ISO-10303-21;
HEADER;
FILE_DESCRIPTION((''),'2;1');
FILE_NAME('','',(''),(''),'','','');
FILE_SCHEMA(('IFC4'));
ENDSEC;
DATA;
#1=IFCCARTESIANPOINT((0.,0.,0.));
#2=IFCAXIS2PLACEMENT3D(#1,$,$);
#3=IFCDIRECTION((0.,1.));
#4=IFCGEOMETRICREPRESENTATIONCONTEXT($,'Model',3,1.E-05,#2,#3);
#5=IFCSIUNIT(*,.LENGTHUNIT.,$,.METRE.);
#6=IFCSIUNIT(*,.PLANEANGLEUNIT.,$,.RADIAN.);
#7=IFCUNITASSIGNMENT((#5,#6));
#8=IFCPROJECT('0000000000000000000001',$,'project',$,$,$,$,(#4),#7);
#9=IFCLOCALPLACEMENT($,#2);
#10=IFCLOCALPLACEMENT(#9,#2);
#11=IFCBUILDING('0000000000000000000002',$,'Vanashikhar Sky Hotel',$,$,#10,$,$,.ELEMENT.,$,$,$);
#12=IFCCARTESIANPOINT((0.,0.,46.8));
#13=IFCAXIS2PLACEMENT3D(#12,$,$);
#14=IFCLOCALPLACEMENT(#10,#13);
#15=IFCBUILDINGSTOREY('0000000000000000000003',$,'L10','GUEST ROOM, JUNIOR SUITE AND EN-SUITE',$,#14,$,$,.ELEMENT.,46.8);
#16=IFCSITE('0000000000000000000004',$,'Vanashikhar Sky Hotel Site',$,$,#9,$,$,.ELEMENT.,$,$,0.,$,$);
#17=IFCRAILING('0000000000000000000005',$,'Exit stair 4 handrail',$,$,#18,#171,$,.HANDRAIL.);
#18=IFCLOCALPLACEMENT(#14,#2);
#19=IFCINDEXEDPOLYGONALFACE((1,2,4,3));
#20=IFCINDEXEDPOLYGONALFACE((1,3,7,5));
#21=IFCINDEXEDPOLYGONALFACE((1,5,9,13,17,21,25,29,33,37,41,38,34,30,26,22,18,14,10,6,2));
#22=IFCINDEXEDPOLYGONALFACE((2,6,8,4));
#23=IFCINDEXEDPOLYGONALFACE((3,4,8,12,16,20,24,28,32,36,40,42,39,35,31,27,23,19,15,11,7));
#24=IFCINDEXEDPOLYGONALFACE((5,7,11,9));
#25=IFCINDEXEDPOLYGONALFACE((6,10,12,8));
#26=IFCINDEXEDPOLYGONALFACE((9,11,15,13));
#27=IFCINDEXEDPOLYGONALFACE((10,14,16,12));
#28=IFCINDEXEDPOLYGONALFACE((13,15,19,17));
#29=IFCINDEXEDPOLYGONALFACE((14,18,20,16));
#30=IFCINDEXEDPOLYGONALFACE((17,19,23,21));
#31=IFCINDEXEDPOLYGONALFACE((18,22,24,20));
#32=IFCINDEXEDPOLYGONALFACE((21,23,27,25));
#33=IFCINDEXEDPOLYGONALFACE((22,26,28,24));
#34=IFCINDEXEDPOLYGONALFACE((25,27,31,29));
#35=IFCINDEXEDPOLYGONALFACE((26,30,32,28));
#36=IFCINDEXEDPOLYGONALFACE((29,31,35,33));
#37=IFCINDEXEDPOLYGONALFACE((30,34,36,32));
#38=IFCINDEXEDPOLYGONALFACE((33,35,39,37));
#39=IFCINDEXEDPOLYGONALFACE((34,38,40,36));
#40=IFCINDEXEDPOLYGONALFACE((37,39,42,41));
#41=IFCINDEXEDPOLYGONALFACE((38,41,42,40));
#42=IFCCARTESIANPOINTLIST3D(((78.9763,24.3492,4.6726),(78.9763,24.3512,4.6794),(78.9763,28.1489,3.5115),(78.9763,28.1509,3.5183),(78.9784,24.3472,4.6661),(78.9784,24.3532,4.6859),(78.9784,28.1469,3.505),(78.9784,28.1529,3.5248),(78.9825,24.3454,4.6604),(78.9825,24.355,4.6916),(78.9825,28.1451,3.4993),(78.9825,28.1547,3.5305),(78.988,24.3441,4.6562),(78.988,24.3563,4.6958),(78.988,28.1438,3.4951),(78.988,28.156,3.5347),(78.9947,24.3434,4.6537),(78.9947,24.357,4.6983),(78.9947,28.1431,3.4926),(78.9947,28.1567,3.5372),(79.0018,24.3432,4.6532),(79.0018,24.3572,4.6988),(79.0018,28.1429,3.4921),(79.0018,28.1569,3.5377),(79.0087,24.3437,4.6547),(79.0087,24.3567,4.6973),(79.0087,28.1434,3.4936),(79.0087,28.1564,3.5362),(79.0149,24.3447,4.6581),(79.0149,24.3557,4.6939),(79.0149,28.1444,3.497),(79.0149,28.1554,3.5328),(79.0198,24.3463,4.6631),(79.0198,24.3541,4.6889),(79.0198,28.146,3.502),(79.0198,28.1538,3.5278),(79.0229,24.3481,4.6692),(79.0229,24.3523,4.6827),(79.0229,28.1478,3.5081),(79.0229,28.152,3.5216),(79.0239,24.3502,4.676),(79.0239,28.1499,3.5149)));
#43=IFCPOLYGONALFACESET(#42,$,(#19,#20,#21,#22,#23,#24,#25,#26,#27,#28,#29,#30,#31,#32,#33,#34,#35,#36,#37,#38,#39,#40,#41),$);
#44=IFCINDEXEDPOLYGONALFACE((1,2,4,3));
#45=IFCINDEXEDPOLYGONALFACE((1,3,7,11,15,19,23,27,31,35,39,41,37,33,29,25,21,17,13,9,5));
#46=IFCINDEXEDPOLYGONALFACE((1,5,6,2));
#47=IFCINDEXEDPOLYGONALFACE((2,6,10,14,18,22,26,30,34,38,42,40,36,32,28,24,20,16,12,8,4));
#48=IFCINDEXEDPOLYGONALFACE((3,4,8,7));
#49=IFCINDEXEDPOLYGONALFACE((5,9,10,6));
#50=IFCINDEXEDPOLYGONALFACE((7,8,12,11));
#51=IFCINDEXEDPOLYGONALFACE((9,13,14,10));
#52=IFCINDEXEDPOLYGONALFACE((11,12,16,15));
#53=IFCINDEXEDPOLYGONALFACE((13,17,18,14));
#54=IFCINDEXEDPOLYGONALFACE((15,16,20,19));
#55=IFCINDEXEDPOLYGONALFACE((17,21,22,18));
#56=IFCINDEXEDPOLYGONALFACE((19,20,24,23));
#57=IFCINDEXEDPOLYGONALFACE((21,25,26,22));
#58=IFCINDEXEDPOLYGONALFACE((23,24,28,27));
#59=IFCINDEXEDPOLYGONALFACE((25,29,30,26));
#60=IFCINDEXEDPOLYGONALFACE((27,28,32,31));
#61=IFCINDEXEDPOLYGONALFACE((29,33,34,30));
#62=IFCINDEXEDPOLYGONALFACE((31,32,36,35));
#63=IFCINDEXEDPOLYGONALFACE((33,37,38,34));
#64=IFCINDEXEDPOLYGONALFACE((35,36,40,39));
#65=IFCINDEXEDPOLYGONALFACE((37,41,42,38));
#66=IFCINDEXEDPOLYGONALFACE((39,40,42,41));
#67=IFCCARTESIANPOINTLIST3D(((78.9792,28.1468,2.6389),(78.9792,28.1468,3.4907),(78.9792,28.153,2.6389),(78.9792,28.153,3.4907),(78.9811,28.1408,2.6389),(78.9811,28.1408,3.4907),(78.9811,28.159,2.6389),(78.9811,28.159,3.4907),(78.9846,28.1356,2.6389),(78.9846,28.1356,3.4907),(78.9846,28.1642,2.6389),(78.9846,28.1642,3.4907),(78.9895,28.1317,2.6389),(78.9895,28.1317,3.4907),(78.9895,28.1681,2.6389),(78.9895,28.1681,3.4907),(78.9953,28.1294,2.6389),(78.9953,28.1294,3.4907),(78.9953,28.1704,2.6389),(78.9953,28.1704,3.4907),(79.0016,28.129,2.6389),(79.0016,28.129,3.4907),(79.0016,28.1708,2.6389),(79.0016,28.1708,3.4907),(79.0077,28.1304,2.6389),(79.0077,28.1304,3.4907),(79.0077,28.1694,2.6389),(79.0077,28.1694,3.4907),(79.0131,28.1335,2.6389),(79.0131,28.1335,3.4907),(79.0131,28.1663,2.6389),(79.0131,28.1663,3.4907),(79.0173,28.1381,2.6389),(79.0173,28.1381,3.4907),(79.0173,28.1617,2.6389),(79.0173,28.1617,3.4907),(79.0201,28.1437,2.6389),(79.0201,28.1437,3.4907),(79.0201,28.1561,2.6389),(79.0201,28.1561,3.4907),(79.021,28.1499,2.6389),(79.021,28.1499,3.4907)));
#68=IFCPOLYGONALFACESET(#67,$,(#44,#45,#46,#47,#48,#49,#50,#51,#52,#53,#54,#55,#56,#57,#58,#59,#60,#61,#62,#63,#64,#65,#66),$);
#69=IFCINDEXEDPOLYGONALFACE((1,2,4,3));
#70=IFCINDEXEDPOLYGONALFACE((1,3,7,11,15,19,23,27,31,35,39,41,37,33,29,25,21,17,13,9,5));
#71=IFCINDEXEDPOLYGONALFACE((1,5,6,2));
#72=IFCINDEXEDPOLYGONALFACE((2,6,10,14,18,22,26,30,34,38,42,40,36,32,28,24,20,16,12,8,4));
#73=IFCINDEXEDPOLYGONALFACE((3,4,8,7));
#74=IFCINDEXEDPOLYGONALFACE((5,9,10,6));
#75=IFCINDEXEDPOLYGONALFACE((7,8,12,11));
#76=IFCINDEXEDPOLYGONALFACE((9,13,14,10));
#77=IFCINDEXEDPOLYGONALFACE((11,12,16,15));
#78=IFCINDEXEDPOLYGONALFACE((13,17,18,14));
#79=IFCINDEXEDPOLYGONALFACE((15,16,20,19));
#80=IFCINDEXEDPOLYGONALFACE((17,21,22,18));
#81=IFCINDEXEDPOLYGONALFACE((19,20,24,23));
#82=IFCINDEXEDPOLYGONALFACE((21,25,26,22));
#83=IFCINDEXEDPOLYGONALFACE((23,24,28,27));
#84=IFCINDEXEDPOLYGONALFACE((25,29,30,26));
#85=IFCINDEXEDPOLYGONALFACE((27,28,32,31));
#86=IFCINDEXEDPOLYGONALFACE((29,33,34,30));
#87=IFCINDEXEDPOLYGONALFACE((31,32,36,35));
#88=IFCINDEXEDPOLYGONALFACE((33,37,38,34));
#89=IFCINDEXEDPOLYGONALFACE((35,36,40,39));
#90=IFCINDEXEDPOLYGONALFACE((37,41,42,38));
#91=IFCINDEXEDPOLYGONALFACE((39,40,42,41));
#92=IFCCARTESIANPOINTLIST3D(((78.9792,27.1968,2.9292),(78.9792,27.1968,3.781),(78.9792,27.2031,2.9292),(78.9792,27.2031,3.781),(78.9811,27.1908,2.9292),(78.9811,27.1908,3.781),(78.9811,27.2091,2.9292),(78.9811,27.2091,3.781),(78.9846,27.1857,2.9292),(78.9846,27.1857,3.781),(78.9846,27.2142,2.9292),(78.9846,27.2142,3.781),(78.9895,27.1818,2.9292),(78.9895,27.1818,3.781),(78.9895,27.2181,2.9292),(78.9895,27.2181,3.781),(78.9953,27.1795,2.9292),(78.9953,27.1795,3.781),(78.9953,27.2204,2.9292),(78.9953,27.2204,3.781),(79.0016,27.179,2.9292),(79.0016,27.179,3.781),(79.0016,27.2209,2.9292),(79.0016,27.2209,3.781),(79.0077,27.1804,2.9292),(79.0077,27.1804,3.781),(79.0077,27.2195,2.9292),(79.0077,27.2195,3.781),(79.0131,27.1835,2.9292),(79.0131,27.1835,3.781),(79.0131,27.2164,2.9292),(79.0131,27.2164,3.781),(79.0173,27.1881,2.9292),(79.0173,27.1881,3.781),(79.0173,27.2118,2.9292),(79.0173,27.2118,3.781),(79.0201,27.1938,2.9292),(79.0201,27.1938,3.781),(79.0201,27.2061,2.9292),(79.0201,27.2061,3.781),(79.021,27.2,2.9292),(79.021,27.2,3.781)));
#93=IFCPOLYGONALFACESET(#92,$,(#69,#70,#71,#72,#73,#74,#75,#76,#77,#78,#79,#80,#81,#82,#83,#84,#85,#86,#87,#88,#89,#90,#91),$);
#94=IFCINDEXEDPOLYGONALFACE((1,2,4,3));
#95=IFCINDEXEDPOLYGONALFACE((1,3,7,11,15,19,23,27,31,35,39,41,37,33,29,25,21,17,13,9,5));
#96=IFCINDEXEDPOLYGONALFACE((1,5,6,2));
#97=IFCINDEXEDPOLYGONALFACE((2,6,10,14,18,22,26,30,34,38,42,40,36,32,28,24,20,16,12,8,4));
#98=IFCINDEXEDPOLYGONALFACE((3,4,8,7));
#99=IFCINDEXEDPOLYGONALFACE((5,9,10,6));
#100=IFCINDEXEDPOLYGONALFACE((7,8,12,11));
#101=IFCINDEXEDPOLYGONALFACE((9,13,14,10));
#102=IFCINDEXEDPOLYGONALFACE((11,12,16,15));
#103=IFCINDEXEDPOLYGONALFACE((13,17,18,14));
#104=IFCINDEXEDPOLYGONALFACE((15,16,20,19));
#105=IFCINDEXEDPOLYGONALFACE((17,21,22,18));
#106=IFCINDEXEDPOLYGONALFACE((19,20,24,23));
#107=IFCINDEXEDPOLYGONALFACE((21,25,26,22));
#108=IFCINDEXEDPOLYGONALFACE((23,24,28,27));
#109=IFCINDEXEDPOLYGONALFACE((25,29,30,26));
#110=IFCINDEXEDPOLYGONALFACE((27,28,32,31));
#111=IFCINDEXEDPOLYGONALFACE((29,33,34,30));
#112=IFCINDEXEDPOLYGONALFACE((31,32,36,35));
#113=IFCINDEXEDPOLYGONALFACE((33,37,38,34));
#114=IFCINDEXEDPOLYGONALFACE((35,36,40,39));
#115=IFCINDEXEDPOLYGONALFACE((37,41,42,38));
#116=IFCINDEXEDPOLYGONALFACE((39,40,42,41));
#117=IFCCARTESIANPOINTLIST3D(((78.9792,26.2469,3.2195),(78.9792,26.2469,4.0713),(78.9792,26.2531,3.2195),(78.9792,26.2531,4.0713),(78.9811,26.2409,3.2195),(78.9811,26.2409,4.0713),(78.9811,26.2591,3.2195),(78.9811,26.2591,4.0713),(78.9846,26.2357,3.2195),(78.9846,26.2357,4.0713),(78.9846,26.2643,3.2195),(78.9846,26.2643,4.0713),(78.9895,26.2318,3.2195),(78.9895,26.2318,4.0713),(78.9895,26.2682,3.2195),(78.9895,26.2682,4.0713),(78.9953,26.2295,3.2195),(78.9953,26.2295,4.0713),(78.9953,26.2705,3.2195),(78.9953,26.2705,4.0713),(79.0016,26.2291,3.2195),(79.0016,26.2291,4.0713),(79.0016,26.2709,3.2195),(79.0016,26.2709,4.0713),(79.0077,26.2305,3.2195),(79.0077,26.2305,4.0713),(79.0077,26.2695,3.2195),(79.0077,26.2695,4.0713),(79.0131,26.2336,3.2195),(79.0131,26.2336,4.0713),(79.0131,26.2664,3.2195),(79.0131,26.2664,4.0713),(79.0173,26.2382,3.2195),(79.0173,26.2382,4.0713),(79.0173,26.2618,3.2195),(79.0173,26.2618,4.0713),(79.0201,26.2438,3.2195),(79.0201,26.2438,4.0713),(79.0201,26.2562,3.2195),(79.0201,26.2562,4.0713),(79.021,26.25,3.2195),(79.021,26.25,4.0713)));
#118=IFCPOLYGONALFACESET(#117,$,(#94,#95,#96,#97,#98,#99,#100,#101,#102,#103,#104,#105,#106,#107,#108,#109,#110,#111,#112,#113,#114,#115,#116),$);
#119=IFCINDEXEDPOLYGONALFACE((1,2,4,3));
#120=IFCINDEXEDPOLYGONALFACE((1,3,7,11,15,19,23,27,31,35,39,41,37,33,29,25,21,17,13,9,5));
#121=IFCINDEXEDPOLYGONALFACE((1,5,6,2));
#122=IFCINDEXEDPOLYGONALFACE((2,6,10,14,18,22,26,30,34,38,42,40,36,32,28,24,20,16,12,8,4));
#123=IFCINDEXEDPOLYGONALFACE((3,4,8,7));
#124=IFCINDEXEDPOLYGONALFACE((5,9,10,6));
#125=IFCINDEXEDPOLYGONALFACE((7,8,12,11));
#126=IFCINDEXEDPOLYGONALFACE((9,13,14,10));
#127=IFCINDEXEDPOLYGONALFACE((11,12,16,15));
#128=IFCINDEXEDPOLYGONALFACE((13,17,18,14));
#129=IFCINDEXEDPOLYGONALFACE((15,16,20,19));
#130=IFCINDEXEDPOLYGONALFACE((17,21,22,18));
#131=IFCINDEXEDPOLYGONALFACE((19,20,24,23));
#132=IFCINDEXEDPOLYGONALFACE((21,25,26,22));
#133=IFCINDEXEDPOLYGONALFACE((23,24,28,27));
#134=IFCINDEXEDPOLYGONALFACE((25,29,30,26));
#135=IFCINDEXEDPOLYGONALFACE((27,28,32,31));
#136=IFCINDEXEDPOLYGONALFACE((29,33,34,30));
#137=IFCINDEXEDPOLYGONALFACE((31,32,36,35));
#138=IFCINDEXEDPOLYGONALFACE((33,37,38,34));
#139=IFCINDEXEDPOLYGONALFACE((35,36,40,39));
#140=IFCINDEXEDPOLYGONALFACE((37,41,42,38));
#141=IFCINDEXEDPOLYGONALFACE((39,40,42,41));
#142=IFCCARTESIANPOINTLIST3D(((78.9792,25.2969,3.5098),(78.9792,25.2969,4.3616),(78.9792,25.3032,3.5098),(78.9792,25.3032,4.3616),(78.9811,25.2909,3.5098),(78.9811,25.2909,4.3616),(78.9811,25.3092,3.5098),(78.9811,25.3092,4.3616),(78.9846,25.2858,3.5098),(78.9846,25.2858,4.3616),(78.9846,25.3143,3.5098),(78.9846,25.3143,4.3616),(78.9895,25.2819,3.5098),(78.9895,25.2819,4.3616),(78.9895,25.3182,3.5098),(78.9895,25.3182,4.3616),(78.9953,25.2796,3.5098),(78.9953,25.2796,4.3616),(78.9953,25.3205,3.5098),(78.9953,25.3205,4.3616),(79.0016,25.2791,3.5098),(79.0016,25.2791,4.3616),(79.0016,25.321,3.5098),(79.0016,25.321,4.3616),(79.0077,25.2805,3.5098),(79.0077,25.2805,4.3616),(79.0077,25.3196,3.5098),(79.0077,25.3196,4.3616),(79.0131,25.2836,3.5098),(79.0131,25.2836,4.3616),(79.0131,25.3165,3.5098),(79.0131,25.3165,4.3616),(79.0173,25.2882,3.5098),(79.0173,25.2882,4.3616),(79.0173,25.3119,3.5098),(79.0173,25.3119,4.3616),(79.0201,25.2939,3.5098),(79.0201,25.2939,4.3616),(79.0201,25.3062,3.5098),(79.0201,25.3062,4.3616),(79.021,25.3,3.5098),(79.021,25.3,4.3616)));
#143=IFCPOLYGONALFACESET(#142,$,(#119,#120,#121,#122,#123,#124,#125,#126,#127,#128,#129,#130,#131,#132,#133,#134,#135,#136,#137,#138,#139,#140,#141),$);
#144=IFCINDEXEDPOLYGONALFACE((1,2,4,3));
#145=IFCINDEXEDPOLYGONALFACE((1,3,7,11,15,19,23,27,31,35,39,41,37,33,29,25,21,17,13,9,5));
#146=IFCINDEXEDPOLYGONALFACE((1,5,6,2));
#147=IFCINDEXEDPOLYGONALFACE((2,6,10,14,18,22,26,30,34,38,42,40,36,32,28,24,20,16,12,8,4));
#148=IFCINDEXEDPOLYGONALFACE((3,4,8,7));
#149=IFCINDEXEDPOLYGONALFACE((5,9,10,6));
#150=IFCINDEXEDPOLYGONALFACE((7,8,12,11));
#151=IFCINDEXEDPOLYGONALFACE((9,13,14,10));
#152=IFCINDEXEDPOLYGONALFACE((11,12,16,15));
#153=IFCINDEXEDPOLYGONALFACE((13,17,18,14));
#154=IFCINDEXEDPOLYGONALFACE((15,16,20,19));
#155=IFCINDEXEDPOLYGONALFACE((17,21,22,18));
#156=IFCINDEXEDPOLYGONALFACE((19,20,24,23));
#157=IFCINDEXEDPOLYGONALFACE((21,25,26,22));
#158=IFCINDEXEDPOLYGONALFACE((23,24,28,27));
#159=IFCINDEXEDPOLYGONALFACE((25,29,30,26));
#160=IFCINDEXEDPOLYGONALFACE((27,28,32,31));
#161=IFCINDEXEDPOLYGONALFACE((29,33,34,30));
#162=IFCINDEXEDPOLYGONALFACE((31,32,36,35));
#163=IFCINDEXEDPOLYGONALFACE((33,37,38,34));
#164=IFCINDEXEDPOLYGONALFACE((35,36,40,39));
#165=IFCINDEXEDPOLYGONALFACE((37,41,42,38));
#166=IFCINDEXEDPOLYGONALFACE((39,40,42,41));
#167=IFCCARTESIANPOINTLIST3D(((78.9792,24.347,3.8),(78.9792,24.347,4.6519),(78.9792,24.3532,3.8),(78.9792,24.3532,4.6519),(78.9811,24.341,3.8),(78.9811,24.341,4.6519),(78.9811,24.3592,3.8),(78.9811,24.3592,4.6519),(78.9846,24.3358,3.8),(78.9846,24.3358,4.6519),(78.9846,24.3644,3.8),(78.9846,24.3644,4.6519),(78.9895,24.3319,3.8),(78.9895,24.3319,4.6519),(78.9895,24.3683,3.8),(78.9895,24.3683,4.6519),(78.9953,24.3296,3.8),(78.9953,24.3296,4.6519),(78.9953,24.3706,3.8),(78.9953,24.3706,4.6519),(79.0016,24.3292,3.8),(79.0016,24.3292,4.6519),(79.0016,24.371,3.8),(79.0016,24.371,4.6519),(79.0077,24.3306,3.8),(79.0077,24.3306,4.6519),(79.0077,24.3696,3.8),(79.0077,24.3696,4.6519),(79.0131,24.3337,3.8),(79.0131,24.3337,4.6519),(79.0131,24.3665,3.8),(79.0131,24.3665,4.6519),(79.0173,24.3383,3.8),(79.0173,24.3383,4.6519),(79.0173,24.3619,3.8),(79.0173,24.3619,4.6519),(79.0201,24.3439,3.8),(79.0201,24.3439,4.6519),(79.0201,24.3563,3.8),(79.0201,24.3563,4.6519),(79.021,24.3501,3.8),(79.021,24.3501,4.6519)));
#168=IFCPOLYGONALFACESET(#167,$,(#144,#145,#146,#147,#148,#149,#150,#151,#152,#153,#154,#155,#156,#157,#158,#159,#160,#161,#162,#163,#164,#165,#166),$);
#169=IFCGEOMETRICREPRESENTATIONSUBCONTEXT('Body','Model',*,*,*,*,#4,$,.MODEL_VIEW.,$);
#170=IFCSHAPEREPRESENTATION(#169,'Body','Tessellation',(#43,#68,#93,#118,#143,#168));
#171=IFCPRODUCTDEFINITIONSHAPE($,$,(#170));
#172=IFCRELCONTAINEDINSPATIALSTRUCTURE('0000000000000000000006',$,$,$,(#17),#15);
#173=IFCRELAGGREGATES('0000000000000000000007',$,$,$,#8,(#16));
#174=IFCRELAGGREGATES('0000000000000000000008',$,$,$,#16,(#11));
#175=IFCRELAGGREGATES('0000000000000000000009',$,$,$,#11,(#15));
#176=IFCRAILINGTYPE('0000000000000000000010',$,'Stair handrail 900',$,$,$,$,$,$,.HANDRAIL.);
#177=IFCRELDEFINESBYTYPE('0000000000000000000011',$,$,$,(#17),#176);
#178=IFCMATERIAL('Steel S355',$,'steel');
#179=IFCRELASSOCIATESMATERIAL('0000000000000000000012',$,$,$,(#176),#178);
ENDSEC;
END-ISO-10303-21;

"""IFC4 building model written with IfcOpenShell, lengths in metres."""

from ifc_helpers import new_model, si_unit, direction, frame, origin, origin_2d, place, context, subcontext, project, spatial, circle, extrude, source, transform, mapped, material, type_object, element, save


model = new_model("IFC4")

# Units and contexts
model_context = context("Model", 3, precision=1e-05, world=origin(), true_north=direction((0.0, 1.0)))
body_context = subcontext(model_context, "Body", "Model", "MODEL_VIEW")
ifc_project = project(units=[si_unit("LENGTHUNIT", "METRE"), si_unit("PLANEANGLEUNIT", "RADIAN")], contexts=[model_context])

# Site, building, storey
site_placement = place(None, origin())
site = spatial("IfcSite", under=ifc_project, at=site_placement, Name="Vanashikhar Sky Hotel Site", CompositionType="ELEMENT", RefElevation=0.0)
building_placement = place(site_placement, origin())
building = spatial("IfcBuilding", under=site, at=building_placement, Name="Vanashikhar Sky Hotel", CompositionType="ELEMENT")
storey_placement = place(building_placement, frame((0.0, 0.0, 46.8)))
storey = spatial("IfcBuildingStorey", under=building, at=storey_placement, Name="L10", Description="GUEST ROOM, JUNIOR SUITE AND EN-SUITE", CompositionType="ELEMENT", Elevation=46.8)

# Railing
ifc_material_1 = material(Name="Steel S355", Category="steel")
railing_type_1 = type_object("IfcRailingType", Name="Stair handrail 900", PredefinedType="HANDRAIL", material=ifc_material_1)
shared_shape_1 = source(origin(), body_context, "Body", "SweptSolid", [
    extrude(circle(Radius=0.0239, at=origin_2d()), frame((0.0, 0.0, 0.876), z_axis=(0.0, -0.956346, 0.292237), x_axis=(1.0, 0.0, 0.0)), (0.0, 0.0, 1.0), 3.9731),
    extrude(circle(Radius=0.021, at=origin_2d()), origin(), (0.0, 0.0, 1.0), 0.8518),
    extrude(circle(Radius=0.021, at=origin_2d()), frame((0.0, -0.95, 0.2903)), (0.0, 0.0, 1.0), 0.8518),
    extrude(circle(Radius=0.021, at=origin_2d()), frame((0.0, -1.8999, 0.5806)), (0.0, 0.0, 1.0), 0.8518),
    extrude(circle(Radius=0.021, at=origin_2d()), frame((0.0, -2.8499, 0.8708)), (0.0, 0.0, 1.0), 0.8518),
    extrude(circle(Radius=0.021, at=origin_2d()), frame((0.0, -3.7998, 1.1611)), (0.0, 0.0, 1.0), 0.8518),
])
for number, where, name in (
    (1, (79.0, 28.1499, 2.6389), "Exit stair 4 handrail"),
):
    element("IfcRailing", number, at=place(storey_placement, frame(where)), inside=storey, type_object=railing_type_1, Name=name, PredefinedType="HANDRAIL", context=body_context, shape_type="MappedRepresentation", body=[
        mapped(shared_shape_1, transform((0.0, 0.0, 0.0), scale=1.0)),
    ])

save(model, "model.ifc")
